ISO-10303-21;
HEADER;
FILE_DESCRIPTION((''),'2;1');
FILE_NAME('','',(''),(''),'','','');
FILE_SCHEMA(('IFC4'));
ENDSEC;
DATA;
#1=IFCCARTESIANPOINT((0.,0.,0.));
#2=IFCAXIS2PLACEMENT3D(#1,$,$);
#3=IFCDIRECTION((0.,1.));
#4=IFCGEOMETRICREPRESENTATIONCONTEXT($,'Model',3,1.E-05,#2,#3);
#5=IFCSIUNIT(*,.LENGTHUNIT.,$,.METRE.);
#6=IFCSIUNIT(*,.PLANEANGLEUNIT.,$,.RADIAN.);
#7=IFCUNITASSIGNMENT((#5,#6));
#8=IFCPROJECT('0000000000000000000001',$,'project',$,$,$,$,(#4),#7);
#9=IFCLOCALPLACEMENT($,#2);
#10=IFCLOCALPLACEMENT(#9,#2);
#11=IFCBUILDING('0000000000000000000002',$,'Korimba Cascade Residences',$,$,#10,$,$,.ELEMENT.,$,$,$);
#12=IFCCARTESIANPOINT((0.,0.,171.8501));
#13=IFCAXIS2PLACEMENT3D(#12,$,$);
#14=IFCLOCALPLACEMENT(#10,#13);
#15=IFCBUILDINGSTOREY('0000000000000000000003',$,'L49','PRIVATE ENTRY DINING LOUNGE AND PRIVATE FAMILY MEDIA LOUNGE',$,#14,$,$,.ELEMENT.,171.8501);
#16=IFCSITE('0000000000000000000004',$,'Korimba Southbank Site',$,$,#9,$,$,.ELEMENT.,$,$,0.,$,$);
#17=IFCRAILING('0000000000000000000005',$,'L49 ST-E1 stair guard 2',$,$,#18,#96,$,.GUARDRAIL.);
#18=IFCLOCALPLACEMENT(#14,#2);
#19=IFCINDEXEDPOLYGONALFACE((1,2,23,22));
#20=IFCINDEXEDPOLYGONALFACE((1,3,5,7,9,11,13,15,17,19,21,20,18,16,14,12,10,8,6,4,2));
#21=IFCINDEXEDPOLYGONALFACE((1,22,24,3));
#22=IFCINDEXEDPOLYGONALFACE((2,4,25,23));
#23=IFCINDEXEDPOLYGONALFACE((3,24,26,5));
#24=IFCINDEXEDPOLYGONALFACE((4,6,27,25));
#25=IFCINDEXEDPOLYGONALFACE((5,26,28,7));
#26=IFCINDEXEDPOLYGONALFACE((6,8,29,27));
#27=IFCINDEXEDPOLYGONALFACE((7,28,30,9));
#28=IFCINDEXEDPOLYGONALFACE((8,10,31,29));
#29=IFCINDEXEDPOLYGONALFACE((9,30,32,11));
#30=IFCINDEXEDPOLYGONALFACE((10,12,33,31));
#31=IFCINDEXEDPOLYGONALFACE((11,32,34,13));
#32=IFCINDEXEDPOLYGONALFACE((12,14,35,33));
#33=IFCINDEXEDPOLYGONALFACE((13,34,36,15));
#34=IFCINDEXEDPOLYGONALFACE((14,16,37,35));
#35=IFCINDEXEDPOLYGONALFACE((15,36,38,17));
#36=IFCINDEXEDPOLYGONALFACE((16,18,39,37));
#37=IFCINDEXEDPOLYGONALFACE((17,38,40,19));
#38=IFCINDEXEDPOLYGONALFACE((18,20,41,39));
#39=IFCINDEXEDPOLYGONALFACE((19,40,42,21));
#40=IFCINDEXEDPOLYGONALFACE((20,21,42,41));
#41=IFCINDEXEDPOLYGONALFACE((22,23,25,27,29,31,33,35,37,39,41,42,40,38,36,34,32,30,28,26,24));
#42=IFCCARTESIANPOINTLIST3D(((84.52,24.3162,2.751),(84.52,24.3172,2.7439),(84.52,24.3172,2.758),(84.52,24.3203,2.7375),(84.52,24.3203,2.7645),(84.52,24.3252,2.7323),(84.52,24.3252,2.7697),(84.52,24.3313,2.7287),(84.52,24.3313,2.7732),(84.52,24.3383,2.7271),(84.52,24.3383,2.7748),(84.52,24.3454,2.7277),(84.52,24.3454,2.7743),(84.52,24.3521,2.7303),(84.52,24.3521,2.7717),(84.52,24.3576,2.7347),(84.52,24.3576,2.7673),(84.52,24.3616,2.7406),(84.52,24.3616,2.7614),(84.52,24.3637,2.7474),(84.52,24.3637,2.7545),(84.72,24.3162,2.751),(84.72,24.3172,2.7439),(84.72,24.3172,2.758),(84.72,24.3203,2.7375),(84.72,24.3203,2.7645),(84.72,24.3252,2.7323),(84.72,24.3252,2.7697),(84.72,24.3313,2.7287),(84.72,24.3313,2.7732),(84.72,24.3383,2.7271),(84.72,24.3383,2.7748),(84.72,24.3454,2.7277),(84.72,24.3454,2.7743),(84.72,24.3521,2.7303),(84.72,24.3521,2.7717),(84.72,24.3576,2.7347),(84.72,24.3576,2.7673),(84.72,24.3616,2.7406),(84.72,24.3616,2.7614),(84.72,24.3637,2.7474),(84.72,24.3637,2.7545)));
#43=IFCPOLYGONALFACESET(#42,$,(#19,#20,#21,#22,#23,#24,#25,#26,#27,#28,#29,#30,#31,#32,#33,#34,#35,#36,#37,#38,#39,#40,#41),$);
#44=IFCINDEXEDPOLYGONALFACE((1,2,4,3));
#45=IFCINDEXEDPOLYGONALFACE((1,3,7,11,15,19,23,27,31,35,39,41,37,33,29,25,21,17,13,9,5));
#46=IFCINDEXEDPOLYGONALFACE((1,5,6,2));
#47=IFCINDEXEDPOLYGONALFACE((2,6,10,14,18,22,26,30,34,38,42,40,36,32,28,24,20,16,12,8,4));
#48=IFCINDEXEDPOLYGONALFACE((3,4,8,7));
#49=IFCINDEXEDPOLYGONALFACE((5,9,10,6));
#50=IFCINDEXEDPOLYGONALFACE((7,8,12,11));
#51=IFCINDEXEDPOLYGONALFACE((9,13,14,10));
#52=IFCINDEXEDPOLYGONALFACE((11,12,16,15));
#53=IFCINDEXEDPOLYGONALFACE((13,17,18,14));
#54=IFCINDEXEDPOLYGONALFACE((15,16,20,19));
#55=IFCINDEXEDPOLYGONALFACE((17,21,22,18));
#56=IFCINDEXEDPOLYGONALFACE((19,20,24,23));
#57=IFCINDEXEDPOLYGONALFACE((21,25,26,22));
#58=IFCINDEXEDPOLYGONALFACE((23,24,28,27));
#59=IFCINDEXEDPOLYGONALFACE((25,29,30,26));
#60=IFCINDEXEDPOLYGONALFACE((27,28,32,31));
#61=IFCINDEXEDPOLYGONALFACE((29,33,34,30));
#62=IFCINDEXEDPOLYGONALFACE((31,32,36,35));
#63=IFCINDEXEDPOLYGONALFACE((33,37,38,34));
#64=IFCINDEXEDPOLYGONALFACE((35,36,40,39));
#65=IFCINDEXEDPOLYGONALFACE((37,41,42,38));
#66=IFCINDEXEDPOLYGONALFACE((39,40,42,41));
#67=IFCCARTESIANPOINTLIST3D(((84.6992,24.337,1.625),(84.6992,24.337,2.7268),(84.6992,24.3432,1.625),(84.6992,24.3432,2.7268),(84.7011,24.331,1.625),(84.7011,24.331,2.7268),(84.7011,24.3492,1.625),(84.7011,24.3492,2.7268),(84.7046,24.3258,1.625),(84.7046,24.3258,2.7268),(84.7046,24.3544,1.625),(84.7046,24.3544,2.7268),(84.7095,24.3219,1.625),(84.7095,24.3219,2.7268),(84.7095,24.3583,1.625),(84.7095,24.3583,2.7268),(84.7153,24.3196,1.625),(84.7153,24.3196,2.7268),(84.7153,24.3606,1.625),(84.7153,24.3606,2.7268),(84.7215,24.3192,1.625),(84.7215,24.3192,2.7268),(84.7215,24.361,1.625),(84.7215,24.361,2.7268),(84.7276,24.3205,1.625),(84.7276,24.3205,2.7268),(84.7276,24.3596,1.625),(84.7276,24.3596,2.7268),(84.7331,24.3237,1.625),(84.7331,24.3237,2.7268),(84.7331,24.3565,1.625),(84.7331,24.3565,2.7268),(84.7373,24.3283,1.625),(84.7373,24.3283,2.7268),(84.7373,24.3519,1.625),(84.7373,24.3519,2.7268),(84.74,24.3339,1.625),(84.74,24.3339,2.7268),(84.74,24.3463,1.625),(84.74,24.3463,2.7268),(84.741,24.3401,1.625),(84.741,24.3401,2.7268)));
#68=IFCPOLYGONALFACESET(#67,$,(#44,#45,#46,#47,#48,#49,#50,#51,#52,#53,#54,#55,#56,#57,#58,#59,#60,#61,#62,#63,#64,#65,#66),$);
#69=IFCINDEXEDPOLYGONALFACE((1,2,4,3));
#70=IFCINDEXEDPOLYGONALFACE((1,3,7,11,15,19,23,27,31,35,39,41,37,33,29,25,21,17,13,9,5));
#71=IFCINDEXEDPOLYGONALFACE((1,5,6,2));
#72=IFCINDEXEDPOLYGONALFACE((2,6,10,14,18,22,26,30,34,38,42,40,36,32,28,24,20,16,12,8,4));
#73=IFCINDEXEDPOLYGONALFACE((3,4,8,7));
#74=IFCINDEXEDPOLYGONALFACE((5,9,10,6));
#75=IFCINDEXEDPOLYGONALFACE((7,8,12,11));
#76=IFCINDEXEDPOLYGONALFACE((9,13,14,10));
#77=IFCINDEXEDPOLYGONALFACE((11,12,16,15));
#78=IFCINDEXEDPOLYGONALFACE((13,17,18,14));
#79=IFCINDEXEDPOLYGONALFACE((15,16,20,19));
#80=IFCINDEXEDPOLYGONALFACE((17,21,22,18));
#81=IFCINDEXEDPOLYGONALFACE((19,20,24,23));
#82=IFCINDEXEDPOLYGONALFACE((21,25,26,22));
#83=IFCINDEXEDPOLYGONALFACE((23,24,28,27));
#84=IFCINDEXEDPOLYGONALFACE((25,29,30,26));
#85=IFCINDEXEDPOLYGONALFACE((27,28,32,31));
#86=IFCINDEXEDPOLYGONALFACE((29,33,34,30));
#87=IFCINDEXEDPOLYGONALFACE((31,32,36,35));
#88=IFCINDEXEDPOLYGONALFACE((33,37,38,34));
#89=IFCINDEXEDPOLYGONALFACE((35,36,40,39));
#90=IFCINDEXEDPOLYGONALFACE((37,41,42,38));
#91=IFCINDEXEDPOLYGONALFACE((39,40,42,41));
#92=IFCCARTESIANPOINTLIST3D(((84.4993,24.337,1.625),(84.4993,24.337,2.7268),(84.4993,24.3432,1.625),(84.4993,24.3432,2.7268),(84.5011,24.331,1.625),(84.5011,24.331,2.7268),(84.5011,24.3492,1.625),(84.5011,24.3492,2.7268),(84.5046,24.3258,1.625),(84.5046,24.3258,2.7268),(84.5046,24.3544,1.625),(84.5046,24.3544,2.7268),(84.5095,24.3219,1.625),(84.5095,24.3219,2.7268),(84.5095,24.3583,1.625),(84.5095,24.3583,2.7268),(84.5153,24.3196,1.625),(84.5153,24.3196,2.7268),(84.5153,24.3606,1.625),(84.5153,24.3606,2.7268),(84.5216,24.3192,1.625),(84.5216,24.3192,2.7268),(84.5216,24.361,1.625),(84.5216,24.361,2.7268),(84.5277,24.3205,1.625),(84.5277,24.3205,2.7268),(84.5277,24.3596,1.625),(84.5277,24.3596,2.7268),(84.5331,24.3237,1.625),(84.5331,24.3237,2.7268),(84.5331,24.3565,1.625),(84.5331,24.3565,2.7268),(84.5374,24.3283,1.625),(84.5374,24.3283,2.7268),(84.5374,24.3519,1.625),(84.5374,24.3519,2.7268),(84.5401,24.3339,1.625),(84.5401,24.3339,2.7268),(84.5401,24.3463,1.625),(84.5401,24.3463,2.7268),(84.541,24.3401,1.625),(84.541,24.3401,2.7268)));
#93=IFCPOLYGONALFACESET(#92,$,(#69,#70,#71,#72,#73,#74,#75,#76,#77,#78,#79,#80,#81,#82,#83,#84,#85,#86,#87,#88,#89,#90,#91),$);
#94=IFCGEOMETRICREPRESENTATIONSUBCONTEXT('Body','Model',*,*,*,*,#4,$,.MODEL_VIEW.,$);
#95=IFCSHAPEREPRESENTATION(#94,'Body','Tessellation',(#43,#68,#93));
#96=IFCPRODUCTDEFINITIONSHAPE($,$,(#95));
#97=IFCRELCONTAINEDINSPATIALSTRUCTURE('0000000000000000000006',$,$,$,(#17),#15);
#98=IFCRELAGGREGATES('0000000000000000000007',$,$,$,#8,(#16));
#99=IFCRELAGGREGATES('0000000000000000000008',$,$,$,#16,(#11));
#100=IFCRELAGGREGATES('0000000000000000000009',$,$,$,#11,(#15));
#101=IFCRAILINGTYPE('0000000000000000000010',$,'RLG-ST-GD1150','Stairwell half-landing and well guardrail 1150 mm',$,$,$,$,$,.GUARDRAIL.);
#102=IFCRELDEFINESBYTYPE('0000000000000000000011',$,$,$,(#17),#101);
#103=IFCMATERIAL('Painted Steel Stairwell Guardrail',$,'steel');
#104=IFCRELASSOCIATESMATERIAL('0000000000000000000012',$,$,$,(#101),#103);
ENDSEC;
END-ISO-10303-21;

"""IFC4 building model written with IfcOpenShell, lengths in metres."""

from ifc_helpers import new_model, si_unit, direction, frame, origin, origin_2d, place, context, subcontext, project, spatial, circle, extrude, material, type_object, element, save


model = new_model("IFC4")

# Units and contexts
model_context = context("Model", 3, precision=1e-05, world=origin(), true_north=direction((0.0, 1.0)))
body_context = subcontext(model_context, "Body", "Model", "MODEL_VIEW")
ifc_project = project(units=[si_unit("LENGTHUNIT", "METRE"), si_unit("PLANEANGLEUNIT", "RADIAN")], contexts=[model_context])

# Site, building, storey
site_placement = place(None, origin())
site = spatial("IfcSite", under=ifc_project, at=site_placement, Name="Korimba Southbank Site", CompositionType="ELEMENT", RefElevation=0.0)
building_placement = place(site_placement, origin())
building = spatial("IfcBuilding", under=site, at=building_placement, Name="Korimba Cascade Residences", CompositionType="ELEMENT")
storey_placement = place(building_placement, frame((0.0, 0.0, 171.8501)))
storey = spatial("IfcBuildingStorey", under=building, at=storey_placement, Name="L49", Description="PRIVATE ENTRY DINING LOUNGE AND PRIVATE FAMILY MEDIA LOUNGE", CompositionType="ELEMENT", Elevation=171.8501)

# Railing
ifc_material_1 = material(Name="Painted Steel Stairwell Guardrail", Category="steel")
railing_type_1 = type_object("IfcRailingType", Name="RLG-ST-GD1150", Description="Stairwell half-landing and well guardrail 1150 mm", PredefinedType="GUARDRAIL", material=ifc_material_1)
railing_1_placement = place(storey_placement, frame((84.72, 24.3401, 1.625)))
element("IfcRailing", 1, at=railing_1_placement, inside=storey, type_object=railing_type_1, Name="L49 ST-E1 stair guard 2", PredefinedType="GUARDRAIL", context=body_context, shape_type="SweptSolid", body=[
    extrude(circle(Radius=0.0239, at=origin_2d()), frame((0.0, 0.0, 1.126), z_axis=(-1.0, 0.0, 0.0), x_axis=(0.0, -1.0, 0.0)), (0.0, 0.0, 1.0), 0.2),
    extrude(circle(Radius=0.021, at=origin_2d()), origin(), (0.0, 0.0, 1.0), 1.1018),
    extrude(circle(Radius=0.021, at=origin_2d()), frame((-0.2, 0.0, 0.0)), (0.0, 0.0, 1.0), 1.1018),
])

save(model, "model.ifc")
